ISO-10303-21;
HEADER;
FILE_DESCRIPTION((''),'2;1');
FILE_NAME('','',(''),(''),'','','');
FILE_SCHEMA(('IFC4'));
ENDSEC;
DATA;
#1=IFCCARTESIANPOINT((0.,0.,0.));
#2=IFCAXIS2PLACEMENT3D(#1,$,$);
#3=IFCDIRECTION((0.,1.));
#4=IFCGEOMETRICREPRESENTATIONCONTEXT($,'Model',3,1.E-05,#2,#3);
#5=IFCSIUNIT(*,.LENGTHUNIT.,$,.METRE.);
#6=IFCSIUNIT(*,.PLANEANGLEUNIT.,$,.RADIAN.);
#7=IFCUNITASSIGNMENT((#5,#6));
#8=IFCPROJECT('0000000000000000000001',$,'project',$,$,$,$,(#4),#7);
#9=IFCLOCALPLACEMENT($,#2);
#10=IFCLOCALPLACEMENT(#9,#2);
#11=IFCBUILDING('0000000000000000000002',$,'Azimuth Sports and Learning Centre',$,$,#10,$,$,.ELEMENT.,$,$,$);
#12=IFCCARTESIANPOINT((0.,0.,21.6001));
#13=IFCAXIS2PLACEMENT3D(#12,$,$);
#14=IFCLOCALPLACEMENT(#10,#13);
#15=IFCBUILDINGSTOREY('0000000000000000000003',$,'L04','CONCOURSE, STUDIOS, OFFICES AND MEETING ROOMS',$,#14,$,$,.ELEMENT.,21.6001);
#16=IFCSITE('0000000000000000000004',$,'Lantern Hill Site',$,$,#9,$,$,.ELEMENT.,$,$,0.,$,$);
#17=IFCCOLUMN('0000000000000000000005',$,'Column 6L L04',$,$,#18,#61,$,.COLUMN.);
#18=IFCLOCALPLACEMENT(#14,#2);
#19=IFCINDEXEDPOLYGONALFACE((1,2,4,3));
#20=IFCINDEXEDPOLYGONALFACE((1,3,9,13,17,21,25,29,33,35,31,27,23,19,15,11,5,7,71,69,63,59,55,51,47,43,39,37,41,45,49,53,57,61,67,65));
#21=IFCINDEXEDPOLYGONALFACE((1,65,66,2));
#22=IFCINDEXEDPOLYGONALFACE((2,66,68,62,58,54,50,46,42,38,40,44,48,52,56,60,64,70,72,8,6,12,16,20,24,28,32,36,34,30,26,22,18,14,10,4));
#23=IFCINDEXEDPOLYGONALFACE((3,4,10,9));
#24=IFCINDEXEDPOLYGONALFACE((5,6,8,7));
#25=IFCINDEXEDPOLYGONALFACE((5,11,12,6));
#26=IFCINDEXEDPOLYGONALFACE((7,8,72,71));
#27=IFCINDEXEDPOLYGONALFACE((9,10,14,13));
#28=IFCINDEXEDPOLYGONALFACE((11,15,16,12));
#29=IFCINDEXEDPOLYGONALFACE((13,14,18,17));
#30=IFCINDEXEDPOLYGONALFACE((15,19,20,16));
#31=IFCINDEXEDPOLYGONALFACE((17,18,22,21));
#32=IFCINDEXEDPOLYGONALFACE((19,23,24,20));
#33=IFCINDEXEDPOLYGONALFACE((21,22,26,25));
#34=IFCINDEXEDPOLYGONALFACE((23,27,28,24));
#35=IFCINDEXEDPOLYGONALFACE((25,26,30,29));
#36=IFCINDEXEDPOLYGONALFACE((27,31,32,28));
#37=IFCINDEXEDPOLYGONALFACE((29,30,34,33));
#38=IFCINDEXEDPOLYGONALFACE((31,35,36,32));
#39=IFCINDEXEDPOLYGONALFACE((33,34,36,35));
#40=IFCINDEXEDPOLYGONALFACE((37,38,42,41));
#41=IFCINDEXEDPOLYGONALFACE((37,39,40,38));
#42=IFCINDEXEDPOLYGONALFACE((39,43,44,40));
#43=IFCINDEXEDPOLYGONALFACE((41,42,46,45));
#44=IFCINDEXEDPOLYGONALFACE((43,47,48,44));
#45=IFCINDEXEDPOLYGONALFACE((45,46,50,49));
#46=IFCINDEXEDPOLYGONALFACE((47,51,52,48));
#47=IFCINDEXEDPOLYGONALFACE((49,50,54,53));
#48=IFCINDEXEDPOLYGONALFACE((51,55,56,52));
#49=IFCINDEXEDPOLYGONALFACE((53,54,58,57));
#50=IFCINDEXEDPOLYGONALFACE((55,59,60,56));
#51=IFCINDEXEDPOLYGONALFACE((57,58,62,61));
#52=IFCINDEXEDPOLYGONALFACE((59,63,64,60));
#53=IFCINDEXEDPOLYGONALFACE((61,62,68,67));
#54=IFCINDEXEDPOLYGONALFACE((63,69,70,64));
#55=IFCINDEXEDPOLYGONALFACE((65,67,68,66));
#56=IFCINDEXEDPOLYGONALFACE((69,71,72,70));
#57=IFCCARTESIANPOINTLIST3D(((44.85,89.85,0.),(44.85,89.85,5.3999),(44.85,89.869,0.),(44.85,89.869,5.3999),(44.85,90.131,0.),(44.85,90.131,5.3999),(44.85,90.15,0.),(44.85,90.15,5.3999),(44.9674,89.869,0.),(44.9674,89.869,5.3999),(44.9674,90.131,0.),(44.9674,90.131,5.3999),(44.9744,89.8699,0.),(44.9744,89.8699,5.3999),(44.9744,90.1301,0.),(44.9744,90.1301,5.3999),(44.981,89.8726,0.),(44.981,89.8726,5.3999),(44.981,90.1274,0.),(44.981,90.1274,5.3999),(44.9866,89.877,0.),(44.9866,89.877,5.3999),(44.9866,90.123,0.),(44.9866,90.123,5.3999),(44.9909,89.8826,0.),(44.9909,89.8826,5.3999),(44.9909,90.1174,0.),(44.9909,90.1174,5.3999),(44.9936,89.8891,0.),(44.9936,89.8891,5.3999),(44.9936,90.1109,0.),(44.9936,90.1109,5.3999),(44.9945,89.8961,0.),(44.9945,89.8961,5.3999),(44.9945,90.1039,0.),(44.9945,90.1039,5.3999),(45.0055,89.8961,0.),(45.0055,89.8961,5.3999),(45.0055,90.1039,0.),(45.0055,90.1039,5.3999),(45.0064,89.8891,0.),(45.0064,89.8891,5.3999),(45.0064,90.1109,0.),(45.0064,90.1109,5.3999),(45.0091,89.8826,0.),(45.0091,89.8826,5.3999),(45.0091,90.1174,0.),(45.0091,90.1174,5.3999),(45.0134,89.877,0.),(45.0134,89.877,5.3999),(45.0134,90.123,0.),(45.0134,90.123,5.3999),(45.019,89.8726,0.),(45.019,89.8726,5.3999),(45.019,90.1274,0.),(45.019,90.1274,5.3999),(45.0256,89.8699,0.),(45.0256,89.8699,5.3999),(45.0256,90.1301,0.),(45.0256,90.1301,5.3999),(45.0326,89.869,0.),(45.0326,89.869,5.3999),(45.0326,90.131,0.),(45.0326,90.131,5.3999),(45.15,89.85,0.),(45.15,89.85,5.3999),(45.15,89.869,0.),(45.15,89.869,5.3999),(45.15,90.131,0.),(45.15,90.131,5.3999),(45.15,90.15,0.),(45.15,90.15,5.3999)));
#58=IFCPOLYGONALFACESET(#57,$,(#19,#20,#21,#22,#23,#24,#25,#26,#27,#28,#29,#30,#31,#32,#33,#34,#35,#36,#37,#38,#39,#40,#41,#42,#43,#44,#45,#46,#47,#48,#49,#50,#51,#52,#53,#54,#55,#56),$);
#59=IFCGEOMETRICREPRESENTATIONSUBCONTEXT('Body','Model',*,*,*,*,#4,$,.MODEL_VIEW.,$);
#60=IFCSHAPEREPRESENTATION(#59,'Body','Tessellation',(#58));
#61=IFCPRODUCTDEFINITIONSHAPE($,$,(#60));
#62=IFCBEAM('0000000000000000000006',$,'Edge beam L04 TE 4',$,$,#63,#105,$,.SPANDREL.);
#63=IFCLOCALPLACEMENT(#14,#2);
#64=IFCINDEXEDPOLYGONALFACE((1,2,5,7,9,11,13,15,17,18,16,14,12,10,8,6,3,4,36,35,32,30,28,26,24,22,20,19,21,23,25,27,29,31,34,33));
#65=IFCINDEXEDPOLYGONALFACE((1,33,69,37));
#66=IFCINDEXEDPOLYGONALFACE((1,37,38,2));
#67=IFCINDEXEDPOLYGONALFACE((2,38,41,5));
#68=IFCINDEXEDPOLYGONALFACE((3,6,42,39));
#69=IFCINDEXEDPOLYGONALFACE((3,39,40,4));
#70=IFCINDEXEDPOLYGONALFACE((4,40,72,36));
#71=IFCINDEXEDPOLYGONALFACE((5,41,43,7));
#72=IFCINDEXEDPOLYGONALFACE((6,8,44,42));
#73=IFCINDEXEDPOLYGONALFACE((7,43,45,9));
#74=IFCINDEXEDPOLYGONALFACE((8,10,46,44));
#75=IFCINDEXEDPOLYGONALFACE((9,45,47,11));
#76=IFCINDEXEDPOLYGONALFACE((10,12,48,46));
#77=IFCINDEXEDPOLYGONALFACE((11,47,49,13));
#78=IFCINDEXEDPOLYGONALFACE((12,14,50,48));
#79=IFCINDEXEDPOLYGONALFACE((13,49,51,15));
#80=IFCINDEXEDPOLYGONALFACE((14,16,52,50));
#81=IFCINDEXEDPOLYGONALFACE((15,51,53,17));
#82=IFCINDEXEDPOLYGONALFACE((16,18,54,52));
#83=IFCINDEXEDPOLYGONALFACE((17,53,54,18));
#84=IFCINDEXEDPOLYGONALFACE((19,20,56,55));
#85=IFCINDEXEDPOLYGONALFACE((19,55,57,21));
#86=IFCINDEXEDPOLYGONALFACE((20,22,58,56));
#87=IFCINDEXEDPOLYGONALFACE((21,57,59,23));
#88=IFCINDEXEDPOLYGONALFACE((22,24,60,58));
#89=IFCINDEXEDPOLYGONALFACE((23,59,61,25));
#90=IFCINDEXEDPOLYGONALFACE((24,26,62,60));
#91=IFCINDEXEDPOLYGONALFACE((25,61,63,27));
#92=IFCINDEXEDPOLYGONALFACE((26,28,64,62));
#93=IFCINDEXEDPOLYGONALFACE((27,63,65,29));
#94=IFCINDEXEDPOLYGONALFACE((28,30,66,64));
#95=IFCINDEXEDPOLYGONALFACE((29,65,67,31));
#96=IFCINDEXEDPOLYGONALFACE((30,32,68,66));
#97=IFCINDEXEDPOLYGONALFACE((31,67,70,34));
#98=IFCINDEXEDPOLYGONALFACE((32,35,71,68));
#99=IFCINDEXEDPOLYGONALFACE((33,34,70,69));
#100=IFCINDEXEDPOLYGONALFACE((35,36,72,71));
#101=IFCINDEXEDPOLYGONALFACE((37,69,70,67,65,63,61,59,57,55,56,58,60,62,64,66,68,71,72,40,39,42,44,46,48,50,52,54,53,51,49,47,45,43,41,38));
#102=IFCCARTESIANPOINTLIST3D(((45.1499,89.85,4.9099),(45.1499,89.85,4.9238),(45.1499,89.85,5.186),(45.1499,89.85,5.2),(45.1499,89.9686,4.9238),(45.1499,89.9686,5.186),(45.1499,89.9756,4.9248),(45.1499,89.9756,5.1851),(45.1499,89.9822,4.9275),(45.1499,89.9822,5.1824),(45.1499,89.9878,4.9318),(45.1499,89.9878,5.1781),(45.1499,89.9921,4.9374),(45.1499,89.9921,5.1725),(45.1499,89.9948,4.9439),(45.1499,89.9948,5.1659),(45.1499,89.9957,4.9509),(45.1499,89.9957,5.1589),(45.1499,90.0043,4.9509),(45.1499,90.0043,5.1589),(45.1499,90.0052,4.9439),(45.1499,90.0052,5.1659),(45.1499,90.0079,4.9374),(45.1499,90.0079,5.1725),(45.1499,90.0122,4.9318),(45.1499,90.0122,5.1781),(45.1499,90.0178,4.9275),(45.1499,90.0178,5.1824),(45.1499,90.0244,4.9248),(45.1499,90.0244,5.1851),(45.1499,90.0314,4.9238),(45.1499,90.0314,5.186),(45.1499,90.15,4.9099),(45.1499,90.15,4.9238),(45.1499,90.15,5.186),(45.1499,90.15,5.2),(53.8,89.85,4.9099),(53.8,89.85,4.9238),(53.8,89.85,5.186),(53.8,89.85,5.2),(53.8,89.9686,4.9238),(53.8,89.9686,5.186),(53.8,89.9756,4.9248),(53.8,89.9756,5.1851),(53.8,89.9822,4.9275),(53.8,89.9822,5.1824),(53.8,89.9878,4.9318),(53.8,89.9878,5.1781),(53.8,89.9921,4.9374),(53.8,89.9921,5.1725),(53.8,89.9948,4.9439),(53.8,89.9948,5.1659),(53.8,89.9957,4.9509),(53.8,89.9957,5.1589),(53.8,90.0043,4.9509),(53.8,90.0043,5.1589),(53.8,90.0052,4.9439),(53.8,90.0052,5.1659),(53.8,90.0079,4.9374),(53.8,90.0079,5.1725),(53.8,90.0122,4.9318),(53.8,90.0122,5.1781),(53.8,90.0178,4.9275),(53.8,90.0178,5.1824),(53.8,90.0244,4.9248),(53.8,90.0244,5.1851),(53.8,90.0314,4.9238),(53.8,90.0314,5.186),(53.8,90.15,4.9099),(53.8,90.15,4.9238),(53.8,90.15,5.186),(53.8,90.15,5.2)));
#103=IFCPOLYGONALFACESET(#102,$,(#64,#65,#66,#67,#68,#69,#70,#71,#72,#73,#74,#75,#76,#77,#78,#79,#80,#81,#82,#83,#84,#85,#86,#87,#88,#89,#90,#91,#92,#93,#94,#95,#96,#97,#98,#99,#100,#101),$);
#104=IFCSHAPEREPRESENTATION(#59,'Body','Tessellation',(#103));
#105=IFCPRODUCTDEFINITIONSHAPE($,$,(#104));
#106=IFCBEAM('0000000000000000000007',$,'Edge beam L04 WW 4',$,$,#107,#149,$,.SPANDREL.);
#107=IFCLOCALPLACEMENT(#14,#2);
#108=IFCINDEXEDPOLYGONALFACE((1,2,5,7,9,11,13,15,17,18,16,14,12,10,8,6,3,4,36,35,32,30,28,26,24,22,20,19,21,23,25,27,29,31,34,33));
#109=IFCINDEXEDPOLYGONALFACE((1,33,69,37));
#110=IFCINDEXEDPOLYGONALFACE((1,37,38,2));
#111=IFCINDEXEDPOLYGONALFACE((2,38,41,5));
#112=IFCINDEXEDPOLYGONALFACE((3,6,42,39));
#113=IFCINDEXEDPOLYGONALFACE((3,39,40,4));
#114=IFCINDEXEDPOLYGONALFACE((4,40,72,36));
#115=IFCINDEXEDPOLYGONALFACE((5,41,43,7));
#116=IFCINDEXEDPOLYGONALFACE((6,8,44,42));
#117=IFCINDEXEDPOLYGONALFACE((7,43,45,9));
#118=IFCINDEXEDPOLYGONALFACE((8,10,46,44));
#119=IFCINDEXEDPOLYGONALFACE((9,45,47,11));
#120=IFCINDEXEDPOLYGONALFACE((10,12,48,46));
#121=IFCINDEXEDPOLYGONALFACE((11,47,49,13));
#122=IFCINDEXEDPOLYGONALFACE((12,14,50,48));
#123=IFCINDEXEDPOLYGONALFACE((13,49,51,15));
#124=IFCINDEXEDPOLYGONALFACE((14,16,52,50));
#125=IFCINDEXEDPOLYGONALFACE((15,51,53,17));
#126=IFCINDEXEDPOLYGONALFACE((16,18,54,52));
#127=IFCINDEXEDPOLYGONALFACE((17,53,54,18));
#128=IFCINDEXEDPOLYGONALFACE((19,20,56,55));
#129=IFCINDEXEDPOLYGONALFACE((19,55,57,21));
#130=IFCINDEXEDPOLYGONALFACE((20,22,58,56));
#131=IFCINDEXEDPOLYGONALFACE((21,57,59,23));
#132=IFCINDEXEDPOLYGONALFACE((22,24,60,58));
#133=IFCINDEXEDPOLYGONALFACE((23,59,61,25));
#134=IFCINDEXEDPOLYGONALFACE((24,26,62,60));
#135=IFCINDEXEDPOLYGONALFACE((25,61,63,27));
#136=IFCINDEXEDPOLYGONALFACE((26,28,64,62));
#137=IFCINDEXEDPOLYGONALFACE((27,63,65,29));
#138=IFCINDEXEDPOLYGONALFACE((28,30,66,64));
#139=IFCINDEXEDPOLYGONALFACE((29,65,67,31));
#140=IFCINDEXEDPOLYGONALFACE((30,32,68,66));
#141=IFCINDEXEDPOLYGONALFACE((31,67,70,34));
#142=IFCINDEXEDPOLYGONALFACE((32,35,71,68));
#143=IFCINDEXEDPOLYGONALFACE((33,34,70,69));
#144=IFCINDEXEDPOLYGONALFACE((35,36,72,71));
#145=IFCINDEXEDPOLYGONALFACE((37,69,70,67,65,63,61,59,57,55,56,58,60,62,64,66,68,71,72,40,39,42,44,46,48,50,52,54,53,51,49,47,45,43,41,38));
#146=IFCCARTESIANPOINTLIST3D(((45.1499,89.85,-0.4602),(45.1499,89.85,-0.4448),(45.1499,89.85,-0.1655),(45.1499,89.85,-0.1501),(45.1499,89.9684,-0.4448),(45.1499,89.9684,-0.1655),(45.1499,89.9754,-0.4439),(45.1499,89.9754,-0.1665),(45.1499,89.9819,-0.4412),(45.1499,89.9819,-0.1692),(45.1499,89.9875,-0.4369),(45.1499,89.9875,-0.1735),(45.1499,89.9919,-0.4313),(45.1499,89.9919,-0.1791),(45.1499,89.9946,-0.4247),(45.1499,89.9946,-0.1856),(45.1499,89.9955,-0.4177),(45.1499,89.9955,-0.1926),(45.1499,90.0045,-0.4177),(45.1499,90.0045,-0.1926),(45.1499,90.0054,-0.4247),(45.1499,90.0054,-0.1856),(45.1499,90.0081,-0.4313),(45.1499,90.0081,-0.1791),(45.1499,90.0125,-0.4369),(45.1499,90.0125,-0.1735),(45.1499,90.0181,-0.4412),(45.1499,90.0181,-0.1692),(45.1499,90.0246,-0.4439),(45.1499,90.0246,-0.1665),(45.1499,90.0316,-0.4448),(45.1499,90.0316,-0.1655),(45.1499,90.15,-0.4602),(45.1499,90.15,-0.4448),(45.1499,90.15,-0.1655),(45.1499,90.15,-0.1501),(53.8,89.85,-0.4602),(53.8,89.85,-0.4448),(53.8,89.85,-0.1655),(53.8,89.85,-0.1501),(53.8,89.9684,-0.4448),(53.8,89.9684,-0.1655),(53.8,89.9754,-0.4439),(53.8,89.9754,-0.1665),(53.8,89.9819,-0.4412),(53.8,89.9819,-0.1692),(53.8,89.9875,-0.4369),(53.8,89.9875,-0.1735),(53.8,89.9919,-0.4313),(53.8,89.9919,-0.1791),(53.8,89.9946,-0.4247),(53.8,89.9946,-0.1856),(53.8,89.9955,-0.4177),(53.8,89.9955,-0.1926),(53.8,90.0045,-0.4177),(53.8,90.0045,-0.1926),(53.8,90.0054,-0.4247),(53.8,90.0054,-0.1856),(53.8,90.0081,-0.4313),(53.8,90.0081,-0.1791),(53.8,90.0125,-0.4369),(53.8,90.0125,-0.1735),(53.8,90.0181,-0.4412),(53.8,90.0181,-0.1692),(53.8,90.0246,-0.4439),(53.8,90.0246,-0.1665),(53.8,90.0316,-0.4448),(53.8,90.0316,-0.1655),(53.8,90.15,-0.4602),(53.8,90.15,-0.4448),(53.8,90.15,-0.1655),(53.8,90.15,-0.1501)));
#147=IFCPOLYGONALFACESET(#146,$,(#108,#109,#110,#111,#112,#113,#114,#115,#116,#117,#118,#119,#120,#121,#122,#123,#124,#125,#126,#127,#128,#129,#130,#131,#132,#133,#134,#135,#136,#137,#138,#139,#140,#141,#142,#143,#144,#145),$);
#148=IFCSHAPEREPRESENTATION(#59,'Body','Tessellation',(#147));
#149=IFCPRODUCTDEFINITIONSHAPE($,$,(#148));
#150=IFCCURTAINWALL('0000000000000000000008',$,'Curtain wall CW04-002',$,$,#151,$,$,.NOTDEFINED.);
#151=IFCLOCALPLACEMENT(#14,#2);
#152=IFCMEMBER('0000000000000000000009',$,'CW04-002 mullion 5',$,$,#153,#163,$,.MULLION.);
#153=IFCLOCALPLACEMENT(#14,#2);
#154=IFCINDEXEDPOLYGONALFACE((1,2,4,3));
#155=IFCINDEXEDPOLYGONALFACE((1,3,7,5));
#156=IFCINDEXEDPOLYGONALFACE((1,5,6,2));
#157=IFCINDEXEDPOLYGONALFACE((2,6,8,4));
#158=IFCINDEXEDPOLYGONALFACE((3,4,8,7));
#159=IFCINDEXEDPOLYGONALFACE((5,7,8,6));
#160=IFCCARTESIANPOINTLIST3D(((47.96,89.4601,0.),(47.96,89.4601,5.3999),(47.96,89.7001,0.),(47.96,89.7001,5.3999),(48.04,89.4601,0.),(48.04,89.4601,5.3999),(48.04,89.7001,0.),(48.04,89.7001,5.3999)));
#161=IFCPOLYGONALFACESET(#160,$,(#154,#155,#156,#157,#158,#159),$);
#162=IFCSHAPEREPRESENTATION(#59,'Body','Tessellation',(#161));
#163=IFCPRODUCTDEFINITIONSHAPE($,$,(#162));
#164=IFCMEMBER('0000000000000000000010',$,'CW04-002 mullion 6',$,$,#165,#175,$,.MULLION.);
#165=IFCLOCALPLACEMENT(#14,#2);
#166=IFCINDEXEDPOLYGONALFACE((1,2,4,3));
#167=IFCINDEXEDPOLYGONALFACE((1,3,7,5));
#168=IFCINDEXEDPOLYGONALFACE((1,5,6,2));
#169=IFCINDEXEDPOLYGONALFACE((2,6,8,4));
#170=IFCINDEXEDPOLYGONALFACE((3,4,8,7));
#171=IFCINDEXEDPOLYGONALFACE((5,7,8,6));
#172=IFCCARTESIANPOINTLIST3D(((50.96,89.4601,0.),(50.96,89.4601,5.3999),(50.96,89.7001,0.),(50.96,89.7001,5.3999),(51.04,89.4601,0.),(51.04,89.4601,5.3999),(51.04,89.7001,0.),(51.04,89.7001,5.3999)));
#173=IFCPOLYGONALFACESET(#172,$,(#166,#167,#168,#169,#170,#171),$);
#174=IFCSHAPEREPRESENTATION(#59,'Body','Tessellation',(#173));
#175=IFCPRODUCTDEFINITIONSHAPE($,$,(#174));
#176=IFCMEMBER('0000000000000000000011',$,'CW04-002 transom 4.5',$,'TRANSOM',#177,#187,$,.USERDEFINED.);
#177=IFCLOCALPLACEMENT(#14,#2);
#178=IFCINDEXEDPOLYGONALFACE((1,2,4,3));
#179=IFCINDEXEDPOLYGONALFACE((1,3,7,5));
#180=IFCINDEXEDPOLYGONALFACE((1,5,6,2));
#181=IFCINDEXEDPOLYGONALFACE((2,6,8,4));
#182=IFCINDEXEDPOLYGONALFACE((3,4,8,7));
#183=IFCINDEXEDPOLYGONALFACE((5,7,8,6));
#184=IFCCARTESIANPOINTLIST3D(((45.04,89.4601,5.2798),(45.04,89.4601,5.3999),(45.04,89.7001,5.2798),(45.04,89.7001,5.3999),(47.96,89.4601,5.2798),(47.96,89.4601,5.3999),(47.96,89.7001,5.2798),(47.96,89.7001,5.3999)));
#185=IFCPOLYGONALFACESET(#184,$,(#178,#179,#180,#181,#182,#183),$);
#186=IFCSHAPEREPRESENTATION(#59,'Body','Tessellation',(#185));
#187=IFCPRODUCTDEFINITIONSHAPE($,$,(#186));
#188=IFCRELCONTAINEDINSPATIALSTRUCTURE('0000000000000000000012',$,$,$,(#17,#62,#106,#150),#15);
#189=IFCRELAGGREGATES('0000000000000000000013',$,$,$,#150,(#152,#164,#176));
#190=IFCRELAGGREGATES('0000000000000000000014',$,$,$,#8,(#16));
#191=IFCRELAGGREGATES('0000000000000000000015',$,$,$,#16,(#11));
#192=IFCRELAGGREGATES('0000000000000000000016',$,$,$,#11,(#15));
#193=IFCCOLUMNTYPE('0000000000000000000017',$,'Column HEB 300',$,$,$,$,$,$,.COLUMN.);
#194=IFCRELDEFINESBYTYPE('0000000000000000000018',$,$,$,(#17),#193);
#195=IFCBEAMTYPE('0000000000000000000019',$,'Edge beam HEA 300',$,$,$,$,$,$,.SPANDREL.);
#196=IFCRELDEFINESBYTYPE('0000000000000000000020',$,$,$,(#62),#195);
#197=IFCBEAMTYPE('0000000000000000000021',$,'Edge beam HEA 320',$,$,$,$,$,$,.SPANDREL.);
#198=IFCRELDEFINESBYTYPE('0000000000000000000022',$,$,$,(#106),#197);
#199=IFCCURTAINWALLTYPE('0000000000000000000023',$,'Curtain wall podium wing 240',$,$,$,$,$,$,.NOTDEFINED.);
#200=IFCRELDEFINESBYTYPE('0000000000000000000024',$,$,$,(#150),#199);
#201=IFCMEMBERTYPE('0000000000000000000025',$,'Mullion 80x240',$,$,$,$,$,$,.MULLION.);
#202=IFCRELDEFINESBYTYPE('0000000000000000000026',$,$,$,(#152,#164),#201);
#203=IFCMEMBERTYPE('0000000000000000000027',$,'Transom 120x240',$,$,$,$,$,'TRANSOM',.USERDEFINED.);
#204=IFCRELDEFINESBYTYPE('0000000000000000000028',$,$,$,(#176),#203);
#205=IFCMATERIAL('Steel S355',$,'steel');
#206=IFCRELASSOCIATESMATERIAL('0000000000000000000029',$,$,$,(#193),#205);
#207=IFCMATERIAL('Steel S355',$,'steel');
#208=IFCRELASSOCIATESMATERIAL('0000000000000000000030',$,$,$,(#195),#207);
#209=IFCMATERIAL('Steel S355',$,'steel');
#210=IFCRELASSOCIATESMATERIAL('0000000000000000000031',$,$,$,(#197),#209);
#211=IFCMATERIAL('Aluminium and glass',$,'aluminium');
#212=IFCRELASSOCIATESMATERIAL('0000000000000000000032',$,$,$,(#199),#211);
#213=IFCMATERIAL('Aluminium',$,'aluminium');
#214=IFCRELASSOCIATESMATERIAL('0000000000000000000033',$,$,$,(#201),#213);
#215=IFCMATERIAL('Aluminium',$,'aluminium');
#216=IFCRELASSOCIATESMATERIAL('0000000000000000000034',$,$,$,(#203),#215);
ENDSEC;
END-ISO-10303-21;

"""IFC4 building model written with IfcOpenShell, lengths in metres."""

from ifc_helpers import new_model, si_unit, direction, frame, origin, origin_2d, place, context, subcontext, project, spatial, rectangle, i_section, extrude, material, material_profile, profile_set, type_object, element, aggregate, save


model = new_model("IFC4")

# Units and contexts
model_context = context("Model", 3, precision=1e-05, world=origin(), true_north=direction((0.0, 1.0)))
body_context = subcontext(model_context, "Body", "Model", "MODEL_VIEW")
ifc_project = project(units=[si_unit("LENGTHUNIT", "METRE"), si_unit("PLANEANGLEUNIT", "RADIAN")], contexts=[model_context])

# Site, building, storey
site_placement = place(None, origin())
site = spatial("IfcSite", under=ifc_project, at=site_placement, Name="Lantern Hill Site", CompositionType="ELEMENT", RefElevation=0.0)
building_placement = place(site_placement, origin())
building = spatial("IfcBuilding", under=site, at=building_placement, Name="Azimuth Sports and Learning Centre", CompositionType="ELEMENT")
storey_placement = place(building_placement, frame((0.0, 0.0, 21.6001)))
storey = spatial("IfcBuildingStorey", under=building, at=storey_placement, Name="L04", Description="CONCOURSE, STUDIOS, OFFICES AND MEETING ROOMS", CompositionType="ELEMENT", Elevation=21.6001)

# Column
ifc_material_1 = material(Name="Steel S355", Category="steel")
ifc_material_profile_1 = material_profile(ifc_material_1, i_section(OverallWidth=0.3, OverallDepth=0.3, WebThickness=0.011, FlangeThickness=0.019, FilletRadius=0.0271, at=origin_2d()), Name="HEB 300")
ifc_profile_set_1 = profile_set([ifc_material_profile_1], Name="Steel S355")
column_type = type_object("IfcColumnType", Name="Column HEB 300", PredefinedType="COLUMN", material=ifc_profile_set_1)
column_placement = place(storey_placement, frame((45.0, 90.0, 0.0), z_axis=(0.0, 0.0, 1.0), x_axis=(1.0, 0.0, 0.0)))
element("IfcColumn", 1, at=column_placement, inside=storey, type_object=column_type, Name="Column 6L L04", PredefinedType="COLUMN", context=body_context, shape_type="SweptSolid", body=[
    extrude(i_section(OverallWidth=0.3, OverallDepth=0.3, WebThickness=0.011, FlangeThickness=0.019, FilletRadius=0.0271, at=origin_2d()), origin(), (0.0, 0.0, 1.0), 5.3999),
])

# Beams
ifc_material_2 = material(Name="Steel S355", Category="steel")
ifc_material_profile_2 = material_profile(ifc_material_2, i_section(OverallWidth=0.3, OverallDepth=0.29, WebThickness=0.0085, FlangeThickness=0.0139, FilletRadius=0.0271, at=origin_2d()), Name="HEA 300")
ifc_profile_set_2 = profile_set([ifc_material_profile_2], Name="Steel S355")
beam_type_1 = type_object("IfcBeamType", Name="Edge beam HEA 300", PredefinedType="SPANDREL", material=ifc_profile_set_2)
beam_1_placement = place(storey_placement, frame((45.1499, 90.0, 5.0549), z_axis=(1.0, 0.0, 0.0), x_axis=(0.0, 1.0, 0.0)))
element("IfcBeam", 2, at=beam_1_placement, inside=storey, type_object=beam_type_1, Name="Edge beam L04 TE 4", PredefinedType="SPANDREL", context=body_context, shape_type="SweptSolid", body=[
    extrude(i_section(OverallWidth=0.3, OverallDepth=0.29, WebThickness=0.0085, FlangeThickness=0.0139, FilletRadius=0.0271, at=origin_2d()), origin(), (0.0, 0.0, 1.0), 8.6501),
])
ifc_material_3 = material(Name="Steel S355", Category="steel")
ifc_material_profile_3 = material_profile(ifc_material_3, i_section(OverallWidth=0.3, OverallDepth=0.3101, WebThickness=0.009, FlangeThickness=0.0154, FilletRadius=0.0271, at=origin_2d()), Name="HEA 320")
ifc_profile_set_3 = profile_set([ifc_material_profile_3], Name="Steel S355")
beam_type_2 = type_object("IfcBeamType", Name="Edge beam HEA 320", PredefinedType="SPANDREL", material=ifc_profile_set_3)
beam_2_placement = place(storey_placement, frame((45.1499, 90.0, -0.3052), z_axis=(1.0, 0.0, 0.0), x_axis=(0.0, 1.0, 0.0)))
element("IfcBeam", 3, at=beam_2_placement, inside=storey, type_object=beam_type_2, Name="Edge beam L04 WW 4", PredefinedType="SPANDREL", context=body_context, shape_type="SweptSolid", body=[
    extrude(i_section(OverallWidth=0.3, OverallDepth=0.3101, WebThickness=0.009, FlangeThickness=0.0154, FilletRadius=0.0271, at=origin_2d()), origin(), (0.0, 0.0, 1.0), 8.6501),
])

# Curtain wall, members
ifc_material_4 = material(Name="Aluminium and glass", Category="aluminium")
curtain_wall_type = type_object("IfcCurtainWallType", Name="Curtain wall podium wing 240", PredefinedType="NOTDEFINED", material=ifc_material_4)
curtain_wall_placement = place(storey_placement, origin())
curtain_wall = element("IfcCurtainWall", 4, at=curtain_wall_placement, inside=storey, type_object=curtain_wall_type, Name="Curtain wall CW04-002", PredefinedType="NOTDEFINED")
ifc_material_5 = material(Name="Aluminium", Category="aluminium")
ifc_material_profile_4 = material_profile(ifc_material_5, rectangle(XDim=0.24, YDim=0.0801, at=origin_2d()), Name="Mullion 80x240")
ifc_profile_set_4 = profile_set([ifc_material_profile_4], Name="Aluminium")
member_type_1 = type_object("IfcMemberType", Name="Mullion 80x240", PredefinedType="MULLION", material=ifc_profile_set_4)
member_1_placement = place(storey_placement, frame((48.0, 89.5801, 0.0), z_axis=(0.0, 0.0, 1.0), x_axis=(0.0, 1.0, 0.0)))
member_1 = element("IfcMember", 5, at=member_1_placement, type_object=member_type_1, Name="CW04-002 mullion 5", PredefinedType="MULLION", context=body_context, shape_type="SweptSolid", body=[
    extrude(rectangle(XDim=0.24, YDim=0.0801, at=origin_2d()), origin(), (0.0, 0.0, 1.0), 5.3999),
])
member_2_placement = place(storey_placement, frame((51.0, 89.5801, 0.0), z_axis=(0.0, 0.0, 1.0), x_axis=(0.0, 1.0, 0.0)))
member_2 = element("IfcMember", 6, at=member_2_placement, type_object=member_type_1, Name="CW04-002 mullion 6", PredefinedType="MULLION", context=body_context, shape_type="SweptSolid", body=[
    extrude(rectangle(XDim=0.24, YDim=0.0801, at=origin_2d()), origin(), (0.0, 0.0, 1.0), 5.3999),
])
ifc_material_6 = material(Name="Aluminium", Category="aluminium")
ifc_material_profile_5 = material_profile(ifc_material_6, rectangle(XDim=0.24, YDim=0.1201, at=origin_2d()), Name="Transom 120x240")
ifc_profile_set_5 = profile_set([ifc_material_profile_5], Name="Aluminium")
member_type_2 = type_object("IfcMemberType", Name="Transom 120x240", ElementType="TRANSOM", PredefinedType="USERDEFINED", material=ifc_profile_set_5)
member_3_placement = place(storey_placement, frame((45.04, 89.5801, 5.3398), z_axis=(1.0, 0.0, 0.0), x_axis=(0.0, 1.0, 0.0)))
member_3 = element("IfcMember", 7, at=member_3_placement, type_object=member_type_2, Name="CW04-002 transom 4.5", ObjectType="TRANSOM", PredefinedType="USERDEFINED", context=body_context, shape_type="SweptSolid", body=[
    extrude(rectangle(XDim=0.24, YDim=0.1201, at=origin_2d()), origin(), (0.0, 0.0, 1.0), 2.9199),
])
aggregate(curtain_wall, [member_1, member_2, member_3])

save(model, "model.ifc")
